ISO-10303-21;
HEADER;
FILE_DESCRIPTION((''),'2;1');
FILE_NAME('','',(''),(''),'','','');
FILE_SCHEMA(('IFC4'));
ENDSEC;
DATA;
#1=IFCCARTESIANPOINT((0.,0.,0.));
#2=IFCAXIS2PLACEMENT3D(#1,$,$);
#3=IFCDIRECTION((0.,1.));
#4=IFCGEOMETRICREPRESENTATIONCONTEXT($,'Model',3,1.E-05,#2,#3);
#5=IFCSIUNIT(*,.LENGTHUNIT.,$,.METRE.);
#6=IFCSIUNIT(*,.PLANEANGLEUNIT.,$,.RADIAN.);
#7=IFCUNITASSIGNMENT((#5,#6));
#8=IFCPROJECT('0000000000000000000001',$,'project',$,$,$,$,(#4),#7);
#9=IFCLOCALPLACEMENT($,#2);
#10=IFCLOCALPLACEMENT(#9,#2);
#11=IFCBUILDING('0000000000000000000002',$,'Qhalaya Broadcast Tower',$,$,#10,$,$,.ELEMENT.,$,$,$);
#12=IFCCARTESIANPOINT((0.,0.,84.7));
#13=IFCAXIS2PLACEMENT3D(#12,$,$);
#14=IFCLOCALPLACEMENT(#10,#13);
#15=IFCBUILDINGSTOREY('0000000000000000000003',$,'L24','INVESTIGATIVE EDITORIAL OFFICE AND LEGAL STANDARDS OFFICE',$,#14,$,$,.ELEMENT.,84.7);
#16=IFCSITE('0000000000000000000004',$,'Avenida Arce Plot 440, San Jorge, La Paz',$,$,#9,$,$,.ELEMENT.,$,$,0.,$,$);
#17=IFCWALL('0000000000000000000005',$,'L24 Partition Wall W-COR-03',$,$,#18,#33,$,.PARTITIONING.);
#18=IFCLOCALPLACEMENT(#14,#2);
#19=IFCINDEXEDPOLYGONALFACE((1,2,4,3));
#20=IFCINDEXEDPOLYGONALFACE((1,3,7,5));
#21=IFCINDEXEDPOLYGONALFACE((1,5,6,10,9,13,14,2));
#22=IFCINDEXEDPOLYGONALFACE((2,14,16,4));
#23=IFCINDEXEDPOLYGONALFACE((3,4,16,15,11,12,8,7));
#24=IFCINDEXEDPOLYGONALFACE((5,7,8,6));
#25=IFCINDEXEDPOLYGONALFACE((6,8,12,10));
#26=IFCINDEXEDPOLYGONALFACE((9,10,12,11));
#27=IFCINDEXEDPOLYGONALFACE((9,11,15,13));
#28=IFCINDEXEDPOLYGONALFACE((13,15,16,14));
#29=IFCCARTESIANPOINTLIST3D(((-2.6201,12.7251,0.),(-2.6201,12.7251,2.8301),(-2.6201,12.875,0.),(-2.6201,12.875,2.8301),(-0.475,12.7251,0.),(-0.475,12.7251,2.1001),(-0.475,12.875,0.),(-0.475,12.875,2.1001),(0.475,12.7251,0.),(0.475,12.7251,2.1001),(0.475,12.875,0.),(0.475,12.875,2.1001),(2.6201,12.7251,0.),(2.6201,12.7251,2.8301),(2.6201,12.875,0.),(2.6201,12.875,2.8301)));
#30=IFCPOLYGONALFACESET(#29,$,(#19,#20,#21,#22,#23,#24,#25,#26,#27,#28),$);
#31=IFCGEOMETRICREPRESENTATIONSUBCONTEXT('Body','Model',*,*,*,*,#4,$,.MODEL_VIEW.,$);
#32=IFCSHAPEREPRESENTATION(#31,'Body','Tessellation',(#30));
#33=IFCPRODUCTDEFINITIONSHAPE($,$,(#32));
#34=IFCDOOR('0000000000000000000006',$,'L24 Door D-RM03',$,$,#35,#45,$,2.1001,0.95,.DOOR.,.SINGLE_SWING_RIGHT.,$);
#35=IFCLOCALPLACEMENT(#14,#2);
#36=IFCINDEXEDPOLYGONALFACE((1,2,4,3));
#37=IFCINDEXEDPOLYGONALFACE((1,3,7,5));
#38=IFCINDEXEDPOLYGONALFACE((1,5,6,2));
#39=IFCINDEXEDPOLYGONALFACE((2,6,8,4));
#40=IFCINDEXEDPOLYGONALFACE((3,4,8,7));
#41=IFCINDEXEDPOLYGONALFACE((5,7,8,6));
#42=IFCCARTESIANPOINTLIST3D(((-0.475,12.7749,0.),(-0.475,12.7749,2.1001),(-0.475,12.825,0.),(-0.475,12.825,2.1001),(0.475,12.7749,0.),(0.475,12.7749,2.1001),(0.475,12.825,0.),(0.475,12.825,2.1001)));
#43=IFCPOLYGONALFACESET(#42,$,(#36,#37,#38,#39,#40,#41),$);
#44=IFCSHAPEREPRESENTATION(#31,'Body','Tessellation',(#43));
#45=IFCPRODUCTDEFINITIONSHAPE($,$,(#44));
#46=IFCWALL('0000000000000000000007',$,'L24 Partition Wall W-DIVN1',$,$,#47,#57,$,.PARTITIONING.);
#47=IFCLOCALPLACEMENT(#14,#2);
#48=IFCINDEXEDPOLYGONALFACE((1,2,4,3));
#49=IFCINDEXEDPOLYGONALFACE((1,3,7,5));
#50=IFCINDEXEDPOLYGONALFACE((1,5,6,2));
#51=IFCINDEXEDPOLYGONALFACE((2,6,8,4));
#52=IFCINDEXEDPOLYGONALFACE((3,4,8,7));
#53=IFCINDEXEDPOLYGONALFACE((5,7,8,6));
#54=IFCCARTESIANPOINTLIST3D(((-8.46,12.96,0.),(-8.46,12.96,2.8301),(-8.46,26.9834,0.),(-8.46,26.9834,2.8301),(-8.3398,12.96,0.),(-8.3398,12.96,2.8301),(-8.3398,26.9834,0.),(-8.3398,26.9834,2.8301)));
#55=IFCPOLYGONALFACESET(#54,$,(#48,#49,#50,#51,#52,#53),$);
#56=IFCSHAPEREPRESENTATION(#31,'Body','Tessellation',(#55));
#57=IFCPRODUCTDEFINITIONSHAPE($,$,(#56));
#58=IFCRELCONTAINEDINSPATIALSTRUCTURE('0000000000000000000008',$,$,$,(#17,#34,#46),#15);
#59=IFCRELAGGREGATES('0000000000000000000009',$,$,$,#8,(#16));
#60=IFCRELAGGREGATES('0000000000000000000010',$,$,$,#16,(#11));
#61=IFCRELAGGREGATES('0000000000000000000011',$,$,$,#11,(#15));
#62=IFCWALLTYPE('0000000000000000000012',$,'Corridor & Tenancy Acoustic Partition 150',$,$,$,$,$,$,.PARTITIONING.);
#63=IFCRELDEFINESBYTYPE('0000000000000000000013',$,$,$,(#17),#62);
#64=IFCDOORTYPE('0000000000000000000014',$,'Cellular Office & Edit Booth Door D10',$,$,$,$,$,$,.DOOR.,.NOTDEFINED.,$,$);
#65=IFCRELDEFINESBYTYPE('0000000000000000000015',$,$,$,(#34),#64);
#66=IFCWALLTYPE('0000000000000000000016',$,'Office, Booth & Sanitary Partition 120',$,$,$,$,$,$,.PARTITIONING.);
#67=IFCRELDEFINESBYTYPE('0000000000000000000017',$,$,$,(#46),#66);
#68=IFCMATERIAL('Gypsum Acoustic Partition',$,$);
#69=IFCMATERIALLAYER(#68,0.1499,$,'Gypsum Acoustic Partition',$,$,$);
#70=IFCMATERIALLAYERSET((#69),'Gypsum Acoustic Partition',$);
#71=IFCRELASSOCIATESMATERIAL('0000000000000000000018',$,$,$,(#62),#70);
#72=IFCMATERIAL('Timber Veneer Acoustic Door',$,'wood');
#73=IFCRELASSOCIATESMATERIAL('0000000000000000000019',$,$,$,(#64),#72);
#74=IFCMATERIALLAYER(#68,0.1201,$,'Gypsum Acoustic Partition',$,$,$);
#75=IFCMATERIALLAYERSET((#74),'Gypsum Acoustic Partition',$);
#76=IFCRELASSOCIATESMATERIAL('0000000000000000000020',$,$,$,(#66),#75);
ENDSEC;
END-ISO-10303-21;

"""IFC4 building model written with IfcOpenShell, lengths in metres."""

from ifc_helpers import new_model, si_unit, direction, frame, frame_2d, origin, place, context, subcontext, project, spatial, rectangle, extrude, material, layer, layer_set, type_object, element, fill, save


model = new_model("IFC4")

# Units and contexts
model_context = context("Model", 3, precision=1e-05, world=origin(), true_north=direction((0.0, 1.0)))
body_context = subcontext(model_context, "Body", "Model", "MODEL_VIEW")
ifc_project = project(units=[si_unit("LENGTHUNIT", "METRE"), si_unit("PLANEANGLEUNIT", "RADIAN")], contexts=[model_context])

# Site, building, storey
site_placement = place(None, origin())
site = spatial("IfcSite", under=ifc_project, at=site_placement, Name="Avenida Arce Plot 440, San Jorge, La Paz", CompositionType="ELEMENT", RefElevation=0.0)
building_placement = place(site_placement, origin())
building = spatial("IfcBuilding", under=site, at=building_placement, Name="Qhalaya Broadcast Tower", CompositionType="ELEMENT")
storey_placement = place(building_placement, frame((0.0, 0.0, 84.7)))
storey = spatial("IfcBuildingStorey", under=building, at=storey_placement, Name="L24", Description="INVESTIGATIVE EDITORIAL OFFICE AND LEGAL STANDARDS OFFICE", CompositionType="ELEMENT", Elevation=84.7)

# Wall, opening, door
ifc_material_1 = material(Name="Gypsum Acoustic Partition")
ifc_layer_1 = layer(ifc_material_1, 0.1499, Name="Gypsum Acoustic Partition")
ifc_layer_set_1 = layer_set([ifc_layer_1], Name="Gypsum Acoustic Partition")
wall_type_1 = type_object("IfcWallType", Name="Corridor & Tenancy Acoustic Partition 150", PredefinedType="PARTITIONING", material=ifc_layer_set_1)
ifc_material_2 = material(Name="Timber Veneer Acoustic Door", Category="wood")
door_type = type_object("IfcDoorType", Name="Cellular Office & Edit Booth Door D10", OperationType="NOTDEFINED", PredefinedType="DOOR", material=ifc_material_2)
wall_1_placement = place(storey_placement, frame((-2.6201, 12.8, 0.0), z_axis=(0.0, 0.0, 1.0), x_axis=(1.0, 0.0, 0.0)))
wall_1 = element("IfcWall", 1, at=wall_1_placement, inside=storey, type_object=wall_type_1, Name="L24 Partition Wall W-COR-03", PredefinedType="PARTITIONING", context=body_context, shape_type="SweptSolid", body=[
    extrude(rectangle(XDim=5.2402, YDim=0.1499, at=frame_2d((2.6201, 0.0))), origin(), (0.0, 0.0, 1.0), 2.8301),
])
opening_1_placement = place(wall_1_placement, frame((2.145, 0.0, 0.0)))
opening_1 = element("IfcOpeningElement", 2, at=opening_1_placement, cuts=wall_1, PredefinedType="OPENING", context=body_context, shape_type="SweptSolid", body=[
    extrude(rectangle(XDim=0.95, YDim=2.1001, at=frame_2d((0.4751, 1.05))), frame((0.0, 0.0869, 0.0), z_axis=(0.0, -1.0, 0.0), x_axis=(1.0, 0.0, 0.0)), (0.0, 0.0, 1.0), 0.1738),
])
door_1_placement = place(opening_1_placement, origin())
door_1 = element("IfcDoor", 3, at=door_1_placement, inside=storey, type_object=door_type, Name="L24 Door D-RM03", OperationType="SINGLE_SWING_RIGHT", OverallHeight=2.1001, OverallWidth=0.95, PredefinedType="DOOR", context=body_context, shape_type="SweptSolid", body=[
    extrude(rectangle(XDim=0.95, YDim=2.1001, at=frame_2d((0.4751, 1.05))), frame((0.0, 0.0249, 0.0), z_axis=(0.0, -1.0, 0.0), x_axis=(1.0, 0.0, 0.0)), (0.0, 0.0, 1.0), 0.05),
])
fill(opening_1, door_1)

# Wall
ifc_layer_2 = layer(ifc_material_1, 0.1201, Name="Gypsum Acoustic Partition")
ifc_layer_set_2 = layer_set([ifc_layer_2], Name="Gypsum Acoustic Partition")
wall_type_2 = type_object("IfcWallType", Name="Office, Booth & Sanitary Partition 120", PredefinedType="PARTITIONING", material=ifc_layer_set_2)
wall_2_placement = place(storey_placement, frame((-8.3999, 12.96, 0.0), z_axis=(0.0, 0.0, 1.0), x_axis=(0.0, 1.0, 0.0)))
element("IfcWall", 4, at=wall_2_placement, inside=storey, type_object=wall_type_2, Name="L24 Partition Wall W-DIVN1", PredefinedType="PARTITIONING", context=body_context, shape_type="SweptSolid", body=[
    extrude(rectangle(XDim=14.0234, YDim=0.1201, at=frame_2d((7.0117, 0.0))), origin(), (0.0, 0.0, 1.0), 2.8301),
])

save(model, "model.ifc")
